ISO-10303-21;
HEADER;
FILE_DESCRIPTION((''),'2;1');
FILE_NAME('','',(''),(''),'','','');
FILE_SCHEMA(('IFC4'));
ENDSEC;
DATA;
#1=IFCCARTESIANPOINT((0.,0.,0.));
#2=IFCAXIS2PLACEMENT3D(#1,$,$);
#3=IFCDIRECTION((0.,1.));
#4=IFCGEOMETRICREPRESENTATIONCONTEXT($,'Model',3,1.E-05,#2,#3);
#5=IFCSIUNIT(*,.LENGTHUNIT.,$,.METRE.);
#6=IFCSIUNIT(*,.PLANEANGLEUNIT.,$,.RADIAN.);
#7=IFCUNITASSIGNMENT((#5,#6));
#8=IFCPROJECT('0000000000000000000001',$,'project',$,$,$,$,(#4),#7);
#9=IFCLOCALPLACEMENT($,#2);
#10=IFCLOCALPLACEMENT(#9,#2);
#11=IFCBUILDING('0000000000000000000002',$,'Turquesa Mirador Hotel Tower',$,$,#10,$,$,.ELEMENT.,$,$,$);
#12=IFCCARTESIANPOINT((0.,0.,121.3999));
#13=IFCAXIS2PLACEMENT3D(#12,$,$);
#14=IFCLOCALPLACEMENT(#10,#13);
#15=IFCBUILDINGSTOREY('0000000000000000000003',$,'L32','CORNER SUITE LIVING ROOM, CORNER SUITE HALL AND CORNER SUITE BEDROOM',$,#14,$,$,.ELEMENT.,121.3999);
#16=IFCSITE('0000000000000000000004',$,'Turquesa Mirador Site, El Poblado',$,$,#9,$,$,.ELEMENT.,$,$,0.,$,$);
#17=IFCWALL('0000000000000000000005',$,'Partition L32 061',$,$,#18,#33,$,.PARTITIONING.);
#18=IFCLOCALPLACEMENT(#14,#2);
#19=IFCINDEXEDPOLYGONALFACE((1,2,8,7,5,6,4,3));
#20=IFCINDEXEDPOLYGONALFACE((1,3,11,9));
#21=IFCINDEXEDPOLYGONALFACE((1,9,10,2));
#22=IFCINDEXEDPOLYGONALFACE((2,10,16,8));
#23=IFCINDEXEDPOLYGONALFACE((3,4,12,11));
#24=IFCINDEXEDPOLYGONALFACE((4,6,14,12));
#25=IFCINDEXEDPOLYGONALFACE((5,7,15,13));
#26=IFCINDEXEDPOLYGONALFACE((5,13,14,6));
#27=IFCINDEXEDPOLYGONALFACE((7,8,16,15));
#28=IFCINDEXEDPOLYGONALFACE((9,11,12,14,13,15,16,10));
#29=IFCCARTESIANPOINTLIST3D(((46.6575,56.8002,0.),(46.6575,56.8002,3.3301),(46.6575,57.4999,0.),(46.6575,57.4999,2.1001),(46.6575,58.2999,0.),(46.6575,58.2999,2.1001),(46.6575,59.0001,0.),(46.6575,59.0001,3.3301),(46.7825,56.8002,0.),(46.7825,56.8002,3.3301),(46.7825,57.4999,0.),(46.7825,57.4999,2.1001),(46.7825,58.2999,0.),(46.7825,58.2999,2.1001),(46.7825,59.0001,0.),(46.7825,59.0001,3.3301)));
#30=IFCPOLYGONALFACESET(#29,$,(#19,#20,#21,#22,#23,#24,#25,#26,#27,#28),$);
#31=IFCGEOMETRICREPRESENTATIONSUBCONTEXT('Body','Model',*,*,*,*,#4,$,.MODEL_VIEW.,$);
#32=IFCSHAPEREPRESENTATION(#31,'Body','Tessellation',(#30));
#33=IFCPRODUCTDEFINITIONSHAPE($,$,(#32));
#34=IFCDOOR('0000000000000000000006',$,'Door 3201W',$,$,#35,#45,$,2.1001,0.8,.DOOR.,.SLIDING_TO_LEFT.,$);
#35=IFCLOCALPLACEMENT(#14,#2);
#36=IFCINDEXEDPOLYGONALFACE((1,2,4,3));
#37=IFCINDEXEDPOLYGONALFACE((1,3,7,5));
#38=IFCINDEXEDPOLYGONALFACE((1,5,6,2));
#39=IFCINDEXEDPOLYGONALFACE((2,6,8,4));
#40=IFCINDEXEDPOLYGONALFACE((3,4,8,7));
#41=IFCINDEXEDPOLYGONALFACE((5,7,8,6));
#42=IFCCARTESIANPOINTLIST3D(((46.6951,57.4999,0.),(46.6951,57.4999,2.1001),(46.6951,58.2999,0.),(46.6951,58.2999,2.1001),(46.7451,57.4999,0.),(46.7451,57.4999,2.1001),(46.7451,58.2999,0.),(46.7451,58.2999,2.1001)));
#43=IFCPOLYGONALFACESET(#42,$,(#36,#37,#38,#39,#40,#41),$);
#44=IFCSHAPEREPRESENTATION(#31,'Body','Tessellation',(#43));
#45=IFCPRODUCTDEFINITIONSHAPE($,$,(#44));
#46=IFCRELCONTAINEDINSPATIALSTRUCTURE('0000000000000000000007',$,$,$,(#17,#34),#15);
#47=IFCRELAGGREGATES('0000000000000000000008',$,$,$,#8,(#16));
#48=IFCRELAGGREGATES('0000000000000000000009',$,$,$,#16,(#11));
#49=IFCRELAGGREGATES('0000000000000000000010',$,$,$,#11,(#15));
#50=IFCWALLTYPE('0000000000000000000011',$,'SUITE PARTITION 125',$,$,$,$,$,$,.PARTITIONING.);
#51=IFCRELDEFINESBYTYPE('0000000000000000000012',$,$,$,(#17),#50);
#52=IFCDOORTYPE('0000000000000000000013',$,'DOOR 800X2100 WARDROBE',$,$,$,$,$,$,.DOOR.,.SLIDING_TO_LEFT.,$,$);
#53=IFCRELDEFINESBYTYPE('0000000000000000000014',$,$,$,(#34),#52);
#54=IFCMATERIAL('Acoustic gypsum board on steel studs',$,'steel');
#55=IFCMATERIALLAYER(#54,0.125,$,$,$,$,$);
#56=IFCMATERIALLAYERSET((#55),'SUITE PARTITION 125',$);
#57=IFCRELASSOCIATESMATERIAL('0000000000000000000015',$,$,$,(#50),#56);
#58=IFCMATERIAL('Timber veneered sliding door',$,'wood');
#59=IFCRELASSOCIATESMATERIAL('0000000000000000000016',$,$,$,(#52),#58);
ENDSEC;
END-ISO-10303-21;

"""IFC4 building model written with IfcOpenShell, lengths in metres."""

from ifc_helpers import new_model, si_unit, direction, frame, frame_2d, origin, place, context, subcontext, project, spatial, rectangle, extrude, material, layer, layer_set, type_object, element, fill, save


model = new_model("IFC4")

# Units and contexts
model_context = context("Model", 3, precision=1e-05, world=origin(), true_north=direction((0.0, 1.0)))
body_context = subcontext(model_context, "Body", "Model", "MODEL_VIEW")
ifc_project = project(units=[si_unit("LENGTHUNIT", "METRE"), si_unit("PLANEANGLEUNIT", "RADIAN")], contexts=[model_context])

# Site, building, storey
site_placement = place(None, origin())
site = spatial("IfcSite", under=ifc_project, at=site_placement, Name="Turquesa Mirador Site, El Poblado", CompositionType="ELEMENT", RefElevation=0.0)
building_placement = place(site_placement, origin())
building = spatial("IfcBuilding", under=site, at=building_placement, Name="Turquesa Mirador Hotel Tower", CompositionType="ELEMENT")
storey_placement = place(building_placement, frame((0.0, 0.0, 121.3999)))
storey = spatial("IfcBuildingStorey", under=building, at=storey_placement, Name="L32", Description="CORNER SUITE LIVING ROOM, CORNER SUITE HALL AND CORNER SUITE BEDROOM", CompositionType="ELEMENT", Elevation=121.3999)

# Shared definitions
ifc_material_1 = material(Name="Acoustic gypsum board on steel studs", Category="steel")
ifc_layer_1 = layer(ifc_material_1, 0.125)
ifc_layer_set_1 = layer_set([ifc_layer_1], Name="SUITE PARTITION 125")
wall_type_1 = type_object("IfcWallType", Name="SUITE PARTITION 125", PredefinedType="PARTITIONING", material=ifc_layer_set_1)

# Wall, opening, door
wall_1_placement = place(storey_placement, frame((46.72, 56.8, 0.0), z_axis=(0.0, 0.0, 1.0), x_axis=(0.0, 1.0, 0.0)))
wall_1 = element("IfcWall", 1, at=wall_1_placement, inside=storey, type_object=wall_type_1, Name="Partition L32 061", PredefinedType="PARTITIONING", context=body_context, shape_type="SweptSolid", body=[
    extrude(rectangle(XDim=2.2, YDim=0.125, at=frame_2d((1.1001, 0.0))), origin(), (0.0, 0.0, 1.0), 3.3301),
])
opening_1_placement = place(wall_1_placement, frame((0.7, 0.0, 0.0)))
opening_1 = element("IfcOpeningElement", 2, at=opening_1_placement, cuts=wall_1, PredefinedType="OPENING", context=body_context, shape_type="SweptSolid", body=[
    extrude(rectangle(XDim=0.8, YDim=2.1001, at=frame_2d((0.3999, 1.05))), frame((0.0, 0.0725, 0.0), z_axis=(0.0, -1.0, 0.0), x_axis=(1.0, 0.0, 0.0)), (0.0, 0.0, 1.0), 0.145),
])
ifc_material_2 = material(Name="Timber veneered sliding door", Category="wood")
door_type_1 = type_object("IfcDoorType", Name="DOOR 800X2100 WARDROBE", OperationType="SLIDING_TO_LEFT", PredefinedType="DOOR", material=ifc_material_2)
door_1_placement = place(opening_1_placement, origin())
door_1 = element("IfcDoor", 3, at=door_1_placement, inside=storey, type_object=door_type_1, Name="Door 3201W", OperationType="SLIDING_TO_LEFT", OverallHeight=2.1001, OverallWidth=0.8, PredefinedType="DOOR", context=body_context, shape_type="SweptSolid", body=[
    extrude(rectangle(XDim=0.8, YDim=2.1001, at=frame_2d((0.3999, 1.05))), frame((0.0, 0.0249, 0.0), z_axis=(0.0, -1.0, 0.0), x_axis=(1.0, 0.0, 0.0)), (0.0, 0.0, 1.0), 0.05),
])
fill(opening_1, door_1)

save(model, "model.ifc")
